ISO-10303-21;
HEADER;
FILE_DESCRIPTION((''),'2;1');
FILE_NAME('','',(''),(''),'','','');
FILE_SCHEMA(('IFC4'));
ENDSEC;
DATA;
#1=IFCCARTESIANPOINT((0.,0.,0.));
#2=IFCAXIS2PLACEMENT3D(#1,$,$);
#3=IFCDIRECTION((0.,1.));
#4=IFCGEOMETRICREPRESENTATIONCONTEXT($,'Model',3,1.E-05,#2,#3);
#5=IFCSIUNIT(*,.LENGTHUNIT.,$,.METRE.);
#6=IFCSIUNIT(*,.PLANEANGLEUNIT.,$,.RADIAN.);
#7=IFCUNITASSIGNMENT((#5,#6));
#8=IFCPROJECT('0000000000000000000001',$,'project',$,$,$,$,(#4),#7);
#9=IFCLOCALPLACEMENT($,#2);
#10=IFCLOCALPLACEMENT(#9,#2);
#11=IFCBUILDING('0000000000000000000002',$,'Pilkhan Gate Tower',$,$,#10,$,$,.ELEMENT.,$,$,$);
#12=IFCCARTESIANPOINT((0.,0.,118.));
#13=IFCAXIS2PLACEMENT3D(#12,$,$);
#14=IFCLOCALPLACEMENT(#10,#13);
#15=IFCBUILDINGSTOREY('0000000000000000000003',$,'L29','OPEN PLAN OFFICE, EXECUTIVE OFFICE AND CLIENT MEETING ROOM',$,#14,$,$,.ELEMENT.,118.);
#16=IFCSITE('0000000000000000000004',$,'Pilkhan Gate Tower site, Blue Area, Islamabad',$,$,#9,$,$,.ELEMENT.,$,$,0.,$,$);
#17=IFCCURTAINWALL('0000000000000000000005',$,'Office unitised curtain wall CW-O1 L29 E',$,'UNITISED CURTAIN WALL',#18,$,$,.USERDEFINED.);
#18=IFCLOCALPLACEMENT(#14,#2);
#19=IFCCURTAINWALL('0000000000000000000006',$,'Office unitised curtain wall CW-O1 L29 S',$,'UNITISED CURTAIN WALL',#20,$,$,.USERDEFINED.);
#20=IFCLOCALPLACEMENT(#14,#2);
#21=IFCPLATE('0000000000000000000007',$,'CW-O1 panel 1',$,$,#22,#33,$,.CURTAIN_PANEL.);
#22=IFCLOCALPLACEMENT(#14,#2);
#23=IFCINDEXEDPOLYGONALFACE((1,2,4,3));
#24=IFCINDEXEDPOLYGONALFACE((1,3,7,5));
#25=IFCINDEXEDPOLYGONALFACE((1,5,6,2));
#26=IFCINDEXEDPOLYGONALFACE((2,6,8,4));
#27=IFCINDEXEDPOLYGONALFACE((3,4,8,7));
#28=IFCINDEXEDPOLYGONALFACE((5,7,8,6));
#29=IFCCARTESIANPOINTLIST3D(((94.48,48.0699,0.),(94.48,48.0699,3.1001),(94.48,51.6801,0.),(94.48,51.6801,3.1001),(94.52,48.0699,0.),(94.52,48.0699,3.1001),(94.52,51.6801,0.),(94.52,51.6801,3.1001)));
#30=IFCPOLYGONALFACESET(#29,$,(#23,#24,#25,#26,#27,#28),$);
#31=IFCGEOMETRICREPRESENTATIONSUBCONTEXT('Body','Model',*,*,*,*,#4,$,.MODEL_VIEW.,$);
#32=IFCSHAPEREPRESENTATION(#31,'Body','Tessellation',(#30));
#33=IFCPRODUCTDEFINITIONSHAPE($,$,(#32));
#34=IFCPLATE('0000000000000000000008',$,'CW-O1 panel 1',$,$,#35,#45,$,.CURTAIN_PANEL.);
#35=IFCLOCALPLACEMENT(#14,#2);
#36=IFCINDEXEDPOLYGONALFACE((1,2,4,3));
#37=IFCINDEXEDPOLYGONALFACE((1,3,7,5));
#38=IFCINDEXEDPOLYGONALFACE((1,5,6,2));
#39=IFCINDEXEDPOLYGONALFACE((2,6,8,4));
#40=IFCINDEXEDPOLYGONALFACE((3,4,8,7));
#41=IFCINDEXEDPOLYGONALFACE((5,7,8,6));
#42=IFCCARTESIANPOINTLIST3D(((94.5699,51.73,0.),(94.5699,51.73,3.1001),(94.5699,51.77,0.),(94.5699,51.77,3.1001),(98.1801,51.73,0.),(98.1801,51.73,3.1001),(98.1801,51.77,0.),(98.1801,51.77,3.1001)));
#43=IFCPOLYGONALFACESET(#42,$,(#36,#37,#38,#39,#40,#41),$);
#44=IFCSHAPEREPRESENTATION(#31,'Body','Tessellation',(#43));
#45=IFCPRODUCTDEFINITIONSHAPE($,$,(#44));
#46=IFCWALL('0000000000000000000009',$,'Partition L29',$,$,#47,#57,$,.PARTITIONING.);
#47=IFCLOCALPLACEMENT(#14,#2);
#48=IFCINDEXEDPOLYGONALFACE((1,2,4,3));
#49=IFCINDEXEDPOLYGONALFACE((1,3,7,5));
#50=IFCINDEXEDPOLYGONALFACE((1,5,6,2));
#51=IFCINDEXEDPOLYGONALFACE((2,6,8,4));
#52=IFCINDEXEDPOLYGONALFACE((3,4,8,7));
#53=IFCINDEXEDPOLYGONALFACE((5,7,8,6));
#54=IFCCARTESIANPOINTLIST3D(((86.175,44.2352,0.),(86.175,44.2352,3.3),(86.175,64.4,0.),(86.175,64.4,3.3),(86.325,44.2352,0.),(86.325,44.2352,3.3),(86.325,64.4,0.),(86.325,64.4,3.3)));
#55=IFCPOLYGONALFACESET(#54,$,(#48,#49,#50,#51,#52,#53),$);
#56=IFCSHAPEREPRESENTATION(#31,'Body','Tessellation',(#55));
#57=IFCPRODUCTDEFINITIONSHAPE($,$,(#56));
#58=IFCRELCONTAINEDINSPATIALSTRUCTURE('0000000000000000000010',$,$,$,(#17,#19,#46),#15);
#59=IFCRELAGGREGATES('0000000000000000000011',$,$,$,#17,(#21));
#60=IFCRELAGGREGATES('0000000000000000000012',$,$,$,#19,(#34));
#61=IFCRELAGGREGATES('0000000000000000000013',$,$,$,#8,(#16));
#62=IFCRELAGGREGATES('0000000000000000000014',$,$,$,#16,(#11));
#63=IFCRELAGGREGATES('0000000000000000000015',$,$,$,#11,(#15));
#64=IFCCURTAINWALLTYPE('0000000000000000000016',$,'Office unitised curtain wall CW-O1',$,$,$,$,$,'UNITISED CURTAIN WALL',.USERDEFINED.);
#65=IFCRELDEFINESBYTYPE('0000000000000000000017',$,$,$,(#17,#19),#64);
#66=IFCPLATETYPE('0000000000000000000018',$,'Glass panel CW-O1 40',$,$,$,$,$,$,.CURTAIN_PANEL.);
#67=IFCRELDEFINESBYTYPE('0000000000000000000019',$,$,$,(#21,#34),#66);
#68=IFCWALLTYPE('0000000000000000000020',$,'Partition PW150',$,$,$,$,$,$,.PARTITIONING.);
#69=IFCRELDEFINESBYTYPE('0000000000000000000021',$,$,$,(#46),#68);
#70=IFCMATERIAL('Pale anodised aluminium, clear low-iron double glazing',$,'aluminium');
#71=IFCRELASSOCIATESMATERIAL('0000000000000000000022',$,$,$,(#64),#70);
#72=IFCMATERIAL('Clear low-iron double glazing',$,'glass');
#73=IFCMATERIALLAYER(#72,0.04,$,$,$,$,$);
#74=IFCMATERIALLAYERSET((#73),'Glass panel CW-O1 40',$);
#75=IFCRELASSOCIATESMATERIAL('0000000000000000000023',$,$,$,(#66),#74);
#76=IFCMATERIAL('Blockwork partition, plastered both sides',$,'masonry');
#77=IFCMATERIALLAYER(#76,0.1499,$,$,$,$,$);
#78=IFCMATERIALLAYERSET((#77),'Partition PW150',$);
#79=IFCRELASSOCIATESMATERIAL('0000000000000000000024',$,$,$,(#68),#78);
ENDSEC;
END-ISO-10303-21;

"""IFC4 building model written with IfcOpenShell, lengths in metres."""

from ifc_helpers import new_model, si_unit, direction, frame, frame_2d, origin, origin_2d, place, context, subcontext, project, spatial, rectangle, extrude, material, layer, layer_set, type_object, element, aggregate, save


model = new_model("IFC4")

# Units and contexts
model_context = context("Model", 3, precision=1e-05, world=origin(), true_north=direction((0.0, 1.0)))
body_context = subcontext(model_context, "Body", "Model", "MODEL_VIEW")
ifc_project = project(units=[si_unit("LENGTHUNIT", "METRE"), si_unit("PLANEANGLEUNIT", "RADIAN")], contexts=[model_context])

# Site, building, storey
site_placement = place(None, origin())
site = spatial("IfcSite", under=ifc_project, at=site_placement, Name="Pilkhan Gate Tower site, Blue Area, Islamabad", CompositionType="ELEMENT", RefElevation=0.0)
building_placement = place(site_placement, origin())
building = spatial("IfcBuilding", under=site, at=building_placement, Name="Pilkhan Gate Tower", CompositionType="ELEMENT")
storey_placement = place(building_placement, frame((0.0, 0.0, 118.0)))
storey = spatial("IfcBuildingStorey", under=building, at=storey_placement, Name="L29", Description="OPEN PLAN OFFICE, EXECUTIVE OFFICE AND CLIENT MEETING ROOM", CompositionType="ELEMENT", Elevation=118.0)

# Shared definitions
ifc_material_1 = material(Name="Pale anodised aluminium, clear low-iron double glazing", Category="aluminium")
curtain_wall_type = type_object("IfcCurtainWallType", Name="Office unitised curtain wall CW-O1", ElementType="UNITISED CURTAIN WALL", PredefinedType="USERDEFINED", material=ifc_material_1)

# Curtain walls
curtain_wall_1_placement = place(storey_placement, origin())
curtain_wall_1 = element("IfcCurtainWall", 1, at=curtain_wall_1_placement, inside=storey, type_object=curtain_wall_type, Name="Office unitised curtain wall CW-O1 L29 E", ObjectType="UNITISED CURTAIN WALL", PredefinedType="USERDEFINED")
curtain_wall_2_placement = place(storey_placement, origin())
curtain_wall_2 = element("IfcCurtainWall", 2, at=curtain_wall_2_placement, inside=storey, type_object=curtain_wall_type, Name="Office unitised curtain wall CW-O1 L29 S", ObjectType="UNITISED CURTAIN WALL", PredefinedType="USERDEFINED")

# Plates
ifc_material_2 = material(Name="Clear low-iron double glazing", Category="glass")
ifc_layer_1 = layer(ifc_material_2, 0.04)
ifc_layer_set_1 = layer_set([ifc_layer_1], Name="Glass panel CW-O1 40")
plate_type = type_object("IfcPlateType", Name="Glass panel CW-O1 40", PredefinedType="CURTAIN_PANEL", material=ifc_layer_set_1)
plate_1_placement = place(storey_placement, frame((94.5, 49.875, 0.0), z_axis=(0.0, 0.0, 1.0), x_axis=(0.0, 1.0, 0.0)))
plate_1 = element("IfcPlate", 3, at=plate_1_placement, type_object=plate_type, Name="CW-O1 panel 1", PredefinedType="CURTAIN_PANEL", context=body_context, shape_type="SweptSolid", body=[
    extrude(rectangle(XDim=3.6101, YDim=0.04, at=origin_2d()), origin(), (0.0, 0.0, 1.0), 3.1001),
])
aggregate(curtain_wall_1, [plate_1])
plate_2_placement = place(storey_placement, frame((96.375, 51.75, 0.0), z_axis=(0.0, 0.0, 1.0), x_axis=(1.0, 0.0, 0.0)))
plate_2 = element("IfcPlate", 4, at=plate_2_placement, type_object=plate_type, Name="CW-O1 panel 1", PredefinedType="CURTAIN_PANEL", context=body_context, shape_type="SweptSolid", body=[
    extrude(rectangle(XDim=3.6101, YDim=0.04, at=origin_2d()), origin(), (0.0, 0.0, 1.0), 3.1001),
])
aggregate(curtain_wall_2, [plate_2])

# Wall
ifc_material_3 = material(Name="Blockwork partition, plastered both sides", Category="masonry")
ifc_layer_2 = layer(ifc_material_3, 0.1499)
ifc_layer_set_2 = layer_set([ifc_layer_2], Name="Partition PW150")
wall_type = type_object("IfcWallType", Name="Partition PW150", PredefinedType="PARTITIONING", material=ifc_layer_set_2)
wall_placement = place(storey_placement, frame((86.25, 44.2351, 0.0), z_axis=(0.0, 0.0, 1.0), x_axis=(0.0, 1.0, 0.0)))
element("IfcWall", 5, at=wall_placement, inside=storey, type_object=wall_type, Name="Partition L29", PredefinedType="PARTITIONING", context=body_context, shape_type="SweptSolid", body=[
    extrude(rectangle(XDim=20.1648, YDim=0.1499, at=frame_2d((10.0825, 0.0))), origin(), (0.0, 0.0, 1.0), 3.3),
])

save(model, "model.ifc")
